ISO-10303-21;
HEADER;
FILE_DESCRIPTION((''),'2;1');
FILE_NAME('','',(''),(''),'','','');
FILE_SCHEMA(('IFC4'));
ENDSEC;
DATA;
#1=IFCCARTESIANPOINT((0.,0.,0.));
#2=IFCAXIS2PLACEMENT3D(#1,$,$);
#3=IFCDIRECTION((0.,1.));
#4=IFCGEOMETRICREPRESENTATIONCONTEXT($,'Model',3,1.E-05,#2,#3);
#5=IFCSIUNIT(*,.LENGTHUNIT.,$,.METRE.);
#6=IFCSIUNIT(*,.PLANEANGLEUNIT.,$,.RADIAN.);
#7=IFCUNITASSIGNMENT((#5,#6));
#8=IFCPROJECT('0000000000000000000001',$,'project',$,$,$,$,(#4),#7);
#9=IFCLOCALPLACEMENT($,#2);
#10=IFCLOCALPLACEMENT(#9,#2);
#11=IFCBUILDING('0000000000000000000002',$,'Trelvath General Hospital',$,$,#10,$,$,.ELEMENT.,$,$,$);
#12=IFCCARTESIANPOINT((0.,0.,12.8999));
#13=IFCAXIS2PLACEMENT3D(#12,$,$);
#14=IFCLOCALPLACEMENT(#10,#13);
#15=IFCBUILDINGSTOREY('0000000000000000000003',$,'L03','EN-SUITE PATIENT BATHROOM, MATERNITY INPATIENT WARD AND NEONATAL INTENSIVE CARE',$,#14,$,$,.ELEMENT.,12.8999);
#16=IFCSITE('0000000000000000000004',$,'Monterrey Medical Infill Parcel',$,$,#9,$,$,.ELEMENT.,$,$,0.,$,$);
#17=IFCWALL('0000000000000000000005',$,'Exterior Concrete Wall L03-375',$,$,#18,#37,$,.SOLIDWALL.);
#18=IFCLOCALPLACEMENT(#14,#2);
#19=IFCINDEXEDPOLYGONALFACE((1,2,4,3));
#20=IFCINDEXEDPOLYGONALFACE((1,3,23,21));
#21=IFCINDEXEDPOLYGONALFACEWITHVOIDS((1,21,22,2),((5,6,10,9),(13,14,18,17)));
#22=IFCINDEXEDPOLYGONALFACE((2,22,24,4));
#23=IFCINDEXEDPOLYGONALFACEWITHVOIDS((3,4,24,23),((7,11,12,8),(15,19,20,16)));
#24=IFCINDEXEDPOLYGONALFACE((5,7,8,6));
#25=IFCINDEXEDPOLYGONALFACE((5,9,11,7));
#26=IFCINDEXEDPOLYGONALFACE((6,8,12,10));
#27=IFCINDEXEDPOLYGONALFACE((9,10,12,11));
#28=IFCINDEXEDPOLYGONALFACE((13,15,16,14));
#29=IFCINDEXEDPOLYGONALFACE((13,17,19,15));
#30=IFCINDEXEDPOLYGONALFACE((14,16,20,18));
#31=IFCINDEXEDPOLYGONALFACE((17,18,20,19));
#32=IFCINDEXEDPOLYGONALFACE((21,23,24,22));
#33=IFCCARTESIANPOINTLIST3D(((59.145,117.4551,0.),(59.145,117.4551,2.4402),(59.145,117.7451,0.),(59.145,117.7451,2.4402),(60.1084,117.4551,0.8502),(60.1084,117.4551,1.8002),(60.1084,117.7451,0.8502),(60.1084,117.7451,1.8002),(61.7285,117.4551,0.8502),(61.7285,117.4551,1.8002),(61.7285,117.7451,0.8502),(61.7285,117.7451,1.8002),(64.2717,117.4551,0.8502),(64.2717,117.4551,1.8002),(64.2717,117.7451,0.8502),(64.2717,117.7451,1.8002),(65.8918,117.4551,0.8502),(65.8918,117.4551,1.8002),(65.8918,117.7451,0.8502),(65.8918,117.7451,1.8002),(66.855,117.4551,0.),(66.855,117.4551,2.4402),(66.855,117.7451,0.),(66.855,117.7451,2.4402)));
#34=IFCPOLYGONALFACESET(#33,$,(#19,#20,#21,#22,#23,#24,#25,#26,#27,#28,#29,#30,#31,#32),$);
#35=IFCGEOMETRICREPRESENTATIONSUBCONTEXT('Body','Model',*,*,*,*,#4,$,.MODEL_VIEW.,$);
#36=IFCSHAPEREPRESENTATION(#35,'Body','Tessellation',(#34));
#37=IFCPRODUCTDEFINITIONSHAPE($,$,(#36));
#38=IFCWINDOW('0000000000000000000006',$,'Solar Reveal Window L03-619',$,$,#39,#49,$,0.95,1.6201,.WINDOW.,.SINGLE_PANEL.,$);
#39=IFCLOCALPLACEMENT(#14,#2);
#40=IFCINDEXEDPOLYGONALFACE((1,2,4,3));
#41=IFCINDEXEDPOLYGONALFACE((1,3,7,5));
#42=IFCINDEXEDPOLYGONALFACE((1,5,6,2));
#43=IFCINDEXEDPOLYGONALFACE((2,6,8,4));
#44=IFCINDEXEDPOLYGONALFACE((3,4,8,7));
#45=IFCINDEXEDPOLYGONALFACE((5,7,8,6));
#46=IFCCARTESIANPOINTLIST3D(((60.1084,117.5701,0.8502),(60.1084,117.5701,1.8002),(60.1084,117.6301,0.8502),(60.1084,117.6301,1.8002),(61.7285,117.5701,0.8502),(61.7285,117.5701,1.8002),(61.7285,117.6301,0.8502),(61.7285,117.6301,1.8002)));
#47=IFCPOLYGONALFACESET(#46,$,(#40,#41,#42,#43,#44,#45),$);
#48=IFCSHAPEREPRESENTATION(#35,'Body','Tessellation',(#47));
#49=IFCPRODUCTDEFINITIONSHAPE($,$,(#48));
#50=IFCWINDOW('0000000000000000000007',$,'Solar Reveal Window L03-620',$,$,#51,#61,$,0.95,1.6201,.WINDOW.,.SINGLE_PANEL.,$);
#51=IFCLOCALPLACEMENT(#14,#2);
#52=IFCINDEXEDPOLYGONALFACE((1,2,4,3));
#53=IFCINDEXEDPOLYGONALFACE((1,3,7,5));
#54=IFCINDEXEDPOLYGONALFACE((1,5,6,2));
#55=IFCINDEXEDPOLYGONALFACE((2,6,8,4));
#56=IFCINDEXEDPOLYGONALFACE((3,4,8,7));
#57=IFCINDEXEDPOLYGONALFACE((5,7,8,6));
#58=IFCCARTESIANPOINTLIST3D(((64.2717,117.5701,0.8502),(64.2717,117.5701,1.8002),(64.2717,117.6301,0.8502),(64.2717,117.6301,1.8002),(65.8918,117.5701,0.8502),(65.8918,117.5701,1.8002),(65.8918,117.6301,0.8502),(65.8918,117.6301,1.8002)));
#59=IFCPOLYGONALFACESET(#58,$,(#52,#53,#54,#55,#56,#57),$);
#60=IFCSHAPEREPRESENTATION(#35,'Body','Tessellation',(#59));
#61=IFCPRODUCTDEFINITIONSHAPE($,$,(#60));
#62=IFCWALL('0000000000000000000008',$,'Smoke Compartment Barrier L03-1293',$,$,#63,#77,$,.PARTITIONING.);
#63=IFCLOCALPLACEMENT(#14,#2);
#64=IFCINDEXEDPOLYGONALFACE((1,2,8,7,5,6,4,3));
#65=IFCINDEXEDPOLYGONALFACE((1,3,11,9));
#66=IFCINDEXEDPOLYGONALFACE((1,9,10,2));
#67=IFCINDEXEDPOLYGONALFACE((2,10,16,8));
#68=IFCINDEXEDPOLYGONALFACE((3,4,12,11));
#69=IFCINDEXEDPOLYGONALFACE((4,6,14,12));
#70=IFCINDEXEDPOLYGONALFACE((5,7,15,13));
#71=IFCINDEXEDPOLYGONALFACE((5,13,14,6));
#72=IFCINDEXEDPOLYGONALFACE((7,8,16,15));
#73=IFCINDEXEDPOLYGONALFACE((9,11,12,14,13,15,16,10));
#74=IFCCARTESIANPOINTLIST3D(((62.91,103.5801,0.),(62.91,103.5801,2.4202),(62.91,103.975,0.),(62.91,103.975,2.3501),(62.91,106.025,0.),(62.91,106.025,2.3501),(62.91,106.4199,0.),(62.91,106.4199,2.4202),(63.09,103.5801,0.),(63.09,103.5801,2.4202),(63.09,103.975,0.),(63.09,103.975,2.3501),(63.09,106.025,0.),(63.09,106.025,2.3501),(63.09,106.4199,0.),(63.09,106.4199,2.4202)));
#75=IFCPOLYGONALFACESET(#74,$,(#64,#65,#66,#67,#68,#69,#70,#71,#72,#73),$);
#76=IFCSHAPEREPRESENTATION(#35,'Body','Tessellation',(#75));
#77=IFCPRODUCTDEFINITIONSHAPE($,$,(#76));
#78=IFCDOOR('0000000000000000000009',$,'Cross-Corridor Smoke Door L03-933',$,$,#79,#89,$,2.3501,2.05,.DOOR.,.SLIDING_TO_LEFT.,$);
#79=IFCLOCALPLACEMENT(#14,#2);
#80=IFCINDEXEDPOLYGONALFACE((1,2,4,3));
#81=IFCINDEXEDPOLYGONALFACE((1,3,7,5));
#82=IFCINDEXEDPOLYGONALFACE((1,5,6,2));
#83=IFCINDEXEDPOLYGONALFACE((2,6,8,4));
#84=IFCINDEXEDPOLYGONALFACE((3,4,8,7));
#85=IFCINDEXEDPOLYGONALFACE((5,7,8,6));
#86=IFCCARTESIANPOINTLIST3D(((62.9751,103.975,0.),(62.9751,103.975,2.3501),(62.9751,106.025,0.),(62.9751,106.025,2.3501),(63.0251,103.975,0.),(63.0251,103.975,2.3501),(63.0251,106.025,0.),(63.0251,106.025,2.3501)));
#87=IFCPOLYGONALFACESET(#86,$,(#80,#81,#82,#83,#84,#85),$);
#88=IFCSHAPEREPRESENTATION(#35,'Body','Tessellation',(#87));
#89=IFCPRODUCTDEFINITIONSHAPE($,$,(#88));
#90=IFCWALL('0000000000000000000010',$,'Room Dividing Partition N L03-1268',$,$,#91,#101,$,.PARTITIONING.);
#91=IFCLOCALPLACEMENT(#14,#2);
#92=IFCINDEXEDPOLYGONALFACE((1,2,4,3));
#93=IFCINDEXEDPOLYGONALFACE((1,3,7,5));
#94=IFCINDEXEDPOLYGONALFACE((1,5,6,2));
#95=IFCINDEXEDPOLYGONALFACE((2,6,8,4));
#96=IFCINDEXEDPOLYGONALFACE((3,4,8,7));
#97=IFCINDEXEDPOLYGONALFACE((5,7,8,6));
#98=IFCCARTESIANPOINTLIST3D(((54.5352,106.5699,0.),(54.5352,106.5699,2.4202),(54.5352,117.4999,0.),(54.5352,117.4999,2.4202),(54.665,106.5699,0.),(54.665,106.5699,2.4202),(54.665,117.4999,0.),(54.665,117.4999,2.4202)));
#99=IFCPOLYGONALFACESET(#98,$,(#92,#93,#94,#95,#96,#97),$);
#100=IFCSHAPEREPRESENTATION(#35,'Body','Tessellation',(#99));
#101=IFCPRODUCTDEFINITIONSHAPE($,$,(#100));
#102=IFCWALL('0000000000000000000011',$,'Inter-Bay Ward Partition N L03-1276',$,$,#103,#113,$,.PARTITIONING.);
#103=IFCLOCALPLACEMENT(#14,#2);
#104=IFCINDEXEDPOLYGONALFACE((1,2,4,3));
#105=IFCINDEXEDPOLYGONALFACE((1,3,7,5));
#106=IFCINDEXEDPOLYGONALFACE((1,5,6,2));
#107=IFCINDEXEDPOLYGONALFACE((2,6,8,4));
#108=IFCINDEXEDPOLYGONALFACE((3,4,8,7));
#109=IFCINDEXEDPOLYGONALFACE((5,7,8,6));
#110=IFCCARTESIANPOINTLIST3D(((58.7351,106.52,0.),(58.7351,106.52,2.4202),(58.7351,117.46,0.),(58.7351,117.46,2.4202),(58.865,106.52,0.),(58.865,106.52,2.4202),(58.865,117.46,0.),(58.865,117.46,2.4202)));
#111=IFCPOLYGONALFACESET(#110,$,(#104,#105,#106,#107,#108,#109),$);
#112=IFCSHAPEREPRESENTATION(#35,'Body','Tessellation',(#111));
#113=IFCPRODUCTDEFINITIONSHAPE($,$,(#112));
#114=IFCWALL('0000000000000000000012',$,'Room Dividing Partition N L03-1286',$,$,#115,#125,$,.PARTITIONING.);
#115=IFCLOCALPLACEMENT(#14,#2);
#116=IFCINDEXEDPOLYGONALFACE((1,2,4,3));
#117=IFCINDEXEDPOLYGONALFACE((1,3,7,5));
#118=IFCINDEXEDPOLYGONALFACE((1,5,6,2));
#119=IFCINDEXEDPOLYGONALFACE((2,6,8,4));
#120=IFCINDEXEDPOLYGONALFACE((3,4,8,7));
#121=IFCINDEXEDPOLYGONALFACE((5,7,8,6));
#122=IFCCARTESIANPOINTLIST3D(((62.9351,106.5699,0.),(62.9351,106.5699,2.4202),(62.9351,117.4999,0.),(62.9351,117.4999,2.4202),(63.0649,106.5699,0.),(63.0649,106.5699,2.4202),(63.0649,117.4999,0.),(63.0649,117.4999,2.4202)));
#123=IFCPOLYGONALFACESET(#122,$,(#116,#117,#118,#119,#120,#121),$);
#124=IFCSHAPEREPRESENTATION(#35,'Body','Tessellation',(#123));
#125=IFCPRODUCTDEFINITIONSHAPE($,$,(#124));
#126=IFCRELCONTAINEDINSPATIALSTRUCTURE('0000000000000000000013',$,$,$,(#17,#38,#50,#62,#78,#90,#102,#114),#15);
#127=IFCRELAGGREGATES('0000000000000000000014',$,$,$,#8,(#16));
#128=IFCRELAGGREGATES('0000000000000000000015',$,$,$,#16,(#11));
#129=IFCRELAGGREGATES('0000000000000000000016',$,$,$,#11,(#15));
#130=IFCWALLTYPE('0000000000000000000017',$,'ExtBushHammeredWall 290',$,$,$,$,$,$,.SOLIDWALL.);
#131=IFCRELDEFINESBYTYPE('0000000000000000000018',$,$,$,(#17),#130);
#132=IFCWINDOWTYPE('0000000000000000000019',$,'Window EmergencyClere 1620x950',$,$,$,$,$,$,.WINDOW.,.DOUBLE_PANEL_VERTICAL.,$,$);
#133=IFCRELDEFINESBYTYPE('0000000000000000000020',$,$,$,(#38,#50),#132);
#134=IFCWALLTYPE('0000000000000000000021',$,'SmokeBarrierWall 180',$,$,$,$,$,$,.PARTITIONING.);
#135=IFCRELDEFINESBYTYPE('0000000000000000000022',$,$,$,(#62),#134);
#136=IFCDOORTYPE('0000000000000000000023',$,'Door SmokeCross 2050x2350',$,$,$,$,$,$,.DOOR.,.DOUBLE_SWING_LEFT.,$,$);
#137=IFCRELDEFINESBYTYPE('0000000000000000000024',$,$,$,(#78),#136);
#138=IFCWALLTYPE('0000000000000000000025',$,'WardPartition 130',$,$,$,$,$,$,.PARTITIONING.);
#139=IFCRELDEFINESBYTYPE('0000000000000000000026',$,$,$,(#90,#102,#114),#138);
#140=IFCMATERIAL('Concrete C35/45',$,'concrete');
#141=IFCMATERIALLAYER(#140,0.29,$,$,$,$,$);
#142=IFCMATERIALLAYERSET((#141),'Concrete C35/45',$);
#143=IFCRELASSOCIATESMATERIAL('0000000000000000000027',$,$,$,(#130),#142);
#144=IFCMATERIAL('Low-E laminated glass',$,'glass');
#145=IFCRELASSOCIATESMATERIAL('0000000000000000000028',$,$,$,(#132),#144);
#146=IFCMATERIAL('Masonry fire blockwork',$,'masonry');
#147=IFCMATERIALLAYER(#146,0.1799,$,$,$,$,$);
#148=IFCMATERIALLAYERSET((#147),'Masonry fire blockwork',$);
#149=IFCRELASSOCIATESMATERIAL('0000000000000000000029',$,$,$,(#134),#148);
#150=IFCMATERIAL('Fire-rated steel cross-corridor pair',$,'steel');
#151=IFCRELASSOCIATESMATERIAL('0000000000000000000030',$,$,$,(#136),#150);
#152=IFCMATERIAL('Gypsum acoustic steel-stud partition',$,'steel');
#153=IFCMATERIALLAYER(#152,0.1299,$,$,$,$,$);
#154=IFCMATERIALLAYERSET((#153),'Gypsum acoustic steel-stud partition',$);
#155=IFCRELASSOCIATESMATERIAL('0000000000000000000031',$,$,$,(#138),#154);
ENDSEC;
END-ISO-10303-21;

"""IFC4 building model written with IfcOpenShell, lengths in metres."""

from ifc_helpers import new_model, si_unit, direction, frame, frame_2d, origin, place, context, subcontext, project, spatial, rectangle, extrude, material, layer, layer_set, type_object, element, fill, save


model = new_model("IFC4")

# Units and contexts
model_context = context("Model", 3, precision=1e-05, world=origin(), true_north=direction((0.0, 1.0)))
body_context = subcontext(model_context, "Body", "Model", "MODEL_VIEW")
ifc_project = project(units=[si_unit("LENGTHUNIT", "METRE"), si_unit("PLANEANGLEUNIT", "RADIAN")], contexts=[model_context])

# Site, building, storey
site_placement = place(None, origin())
site = spatial("IfcSite", under=ifc_project, at=site_placement, Name="Monterrey Medical Infill Parcel", CompositionType="ELEMENT", RefElevation=0.0)
building_placement = place(site_placement, origin())
building = spatial("IfcBuilding", under=site, at=building_placement, Name="Trelvath General Hospital", CompositionType="ELEMENT")
storey_placement = place(building_placement, frame((0.0, 0.0, 12.8999)))
storey = spatial("IfcBuildingStorey", under=building, at=storey_placement, Name="L03", Description="EN-SUITE PATIENT BATHROOM, MATERNITY INPATIENT WARD AND NEONATAL INTENSIVE CARE", CompositionType="ELEMENT", Elevation=12.8999)

# Wall, openings, windows
ifc_material_1 = material(Name="Concrete C35/45", Category="concrete")
ifc_layer_1 = layer(ifc_material_1, 0.29)
ifc_layer_set_1 = layer_set([ifc_layer_1], Name="Concrete C35/45")
wall_type_1 = type_object("IfcWallType", Name="ExtBushHammeredWall 290", PredefinedType="SOLIDWALL", material=ifc_layer_set_1)
wall_1_placement = place(storey_placement, frame((59.145, 117.6001, 0.0), z_axis=(0.0, 0.0, 1.0), x_axis=(1.0, 0.0, 0.0)))
wall_1 = element("IfcWall", 1, at=wall_1_placement, inside=storey, type_object=wall_type_1, Name="Exterior Concrete Wall L03-375", PredefinedType="SOLIDWALL", context=body_context, shape_type="SweptSolid", body=[
    extrude(rectangle(XDim=7.71, YDim=0.29, at=frame_2d((3.855, 0.0))), origin(), (0.0, 0.0, 1.0), 2.4402),
])
opening_1_placement = place(wall_1_placement, frame((0.9634, 0.0, 0.8501)))
opening_1 = element("IfcOpeningElement", 2, at=opening_1_placement, cuts=wall_1, PredefinedType="OPENING", context=body_context, shape_type="SweptSolid", body=[
    extrude(rectangle(XDim=1.6201, YDim=0.95, at=frame_2d((0.8101, 0.4751))), frame((0.0, 0.155, 0.0), z_axis=(0.0, -1.0, 0.0), x_axis=(1.0, 0.0, 0.0)), (0.0, 0.0, 1.0), 0.3101),
])
opening_2_placement = place(wall_1_placement, frame((5.1267, 0.0, 0.8501)))
opening_2 = element("IfcOpeningElement", 3, at=opening_2_placement, cuts=wall_1, PredefinedType="OPENING", context=body_context, shape_type="SweptSolid", body=[
    extrude(rectangle(XDim=1.6201, YDim=0.95, at=frame_2d((0.8101, 0.4751))), frame((0.0, 0.155, 0.0), z_axis=(0.0, -1.0, 0.0), x_axis=(1.0, 0.0, 0.0)), (0.0, 0.0, 1.0), 0.3101),
])
ifc_material_2 = material(Name="Low-E laminated glass", Category="glass")
window_type = type_object("IfcWindowType", Name="Window EmergencyClere 1620x950", PartitioningType="DOUBLE_PANEL_VERTICAL", PredefinedType="WINDOW", material=ifc_material_2)
window_1_placement = place(opening_1_placement, origin())
window_1 = element("IfcWindow", 4, at=window_1_placement, inside=storey, type_object=window_type, Name="Solar Reveal Window L03-619", OverallHeight=0.95, OverallWidth=1.6201, PartitioningType="SINGLE_PANEL", PredefinedType="WINDOW", context=body_context, shape_type="SweptSolid", body=[
    extrude(rectangle(XDim=1.6201, YDim=0.95, at=frame_2d((0.8101, 0.4751))), frame((0.0, 0.03, 0.0), z_axis=(0.0, -1.0, 0.0), x_axis=(1.0, 0.0, 0.0)), (0.0, 0.0, 1.0), 0.0601),
])
fill(opening_1, window_1)
window_2_placement = place(opening_2_placement, origin())
window_2 = element("IfcWindow", 5, at=window_2_placement, inside=storey, type_object=window_type, Name="Solar Reveal Window L03-620", OverallHeight=0.95, OverallWidth=1.6201, PartitioningType="SINGLE_PANEL", PredefinedType="WINDOW", context=body_context, shape_type="SweptSolid", body=[
    extrude(rectangle(XDim=1.6201, YDim=0.95, at=frame_2d((0.8101, 0.4751))), frame((0.0, 0.03, 0.0), z_axis=(0.0, -1.0, 0.0), x_axis=(1.0, 0.0, 0.0)), (0.0, 0.0, 1.0), 0.0601),
])
fill(opening_2, window_2)

# Wall, opening, door
ifc_material_3 = material(Name="Masonry fire blockwork", Category="masonry")
ifc_layer_2 = layer(ifc_material_3, 0.1799)
ifc_layer_set_2 = layer_set([ifc_layer_2], Name="Masonry fire blockwork")
wall_type_2 = type_object("IfcWallType", Name="SmokeBarrierWall 180", PredefinedType="PARTITIONING", material=ifc_layer_set_2)
wall_2_placement = place(storey_placement, frame((63.0, 103.5801, 0.0), z_axis=(0.0, 0.0, 1.0), x_axis=(0.0, 1.0, 0.0)))
wall_2 = element("IfcWall", 6, at=wall_2_placement, inside=storey, type_object=wall_type_2, Name="Smoke Compartment Barrier L03-1293", PredefinedType="PARTITIONING", context=body_context, shape_type="SweptSolid", body=[
    extrude(rectangle(XDim=2.8398, YDim=0.1799, at=frame_2d((1.4199, 0.0))), origin(), (0.0, 0.0, 1.0), 2.4202),
])
opening_3_placement = place(wall_2_placement, frame((0.395, 0.0, 0.0)))
opening_3 = element("IfcOpeningElement", 7, at=opening_3_placement, cuts=wall_2, PredefinedType="OPENING", context=body_context, shape_type="SweptSolid", body=[
    extrude(rectangle(XDim=2.05, YDim=2.3501, at=frame_2d((1.0249, 1.175))), frame((0.0, 0.0999, 0.0), z_axis=(0.0, -1.0, 0.0), x_axis=(1.0, 0.0, 0.0)), (0.0, 0.0, 1.0), 0.2),
])
ifc_material_4 = material(Name="Fire-rated steel cross-corridor pair", Category="steel")
door_type_1 = type_object("IfcDoorType", Name="Door SmokeCross 2050x2350", OperationType="DOUBLE_SWING_LEFT", PredefinedType="DOOR", material=ifc_material_4)
door_1_placement = place(opening_3_placement, origin())
door_1 = element("IfcDoor", 8, at=door_1_placement, inside=storey, type_object=door_type_1, Name="Cross-Corridor Smoke Door L03-933", OperationType="SLIDING_TO_LEFT", OverallHeight=2.3501, OverallWidth=2.05, PredefinedType="DOOR", context=body_context, shape_type="SweptSolid", body=[
    extrude(rectangle(XDim=2.05, YDim=2.3501, at=frame_2d((1.0249, 1.175))), frame((0.0, 0.0249, 0.0), z_axis=(0.0, -1.0, 0.0), x_axis=(1.0, 0.0, 0.0)), (0.0, 0.0, 1.0), 0.05),
])
fill(opening_3, door_1)

# Walls
ifc_material_5 = material(Name="Gypsum acoustic steel-stud partition", Category="steel")
ifc_layer_3 = layer(ifc_material_5, 0.1299)
ifc_layer_set_3 = layer_set([ifc_layer_3], Name="Gypsum acoustic steel-stud partition")
wall_type_3 = type_object("IfcWallType", Name="WardPartition 130", PredefinedType="PARTITIONING", material=ifc_layer_set_3)
wall_3_placement = place(storey_placement, frame((54.6001, 106.5701, 0.0), z_axis=(0.0, 0.0, 1.0), x_axis=(0.0, 1.0, 0.0)))
element("IfcWall", 9, at=wall_3_placement, inside=storey, type_object=wall_type_3, Name="Room Dividing Partition N L03-1268", PredefinedType="PARTITIONING", context=body_context, shape_type="SweptSolid", body=[
    extrude(rectangle(XDim=10.9299, YDim=0.1299, at=frame_2d((5.4648, 0.0))), origin(), (0.0, 0.0, 1.0), 2.4202),
])
wall_4_placement = place(storey_placement, frame((58.8, 106.52, 0.0), z_axis=(0.0, 0.0, 1.0), x_axis=(0.0, 1.0, 0.0)))
element("IfcWall", 10, at=wall_4_placement, inside=storey, type_object=wall_type_3, Name="Inter-Bay Ward Partition N L03-1276", PredefinedType="PARTITIONING", context=body_context, shape_type="SweptSolid", body=[
    extrude(rectangle(XDim=10.9399, YDim=0.1299, at=frame_2d((5.47, 0.0))), origin(), (0.0, 0.0, 1.0), 2.4202),
])
wall_5_placement = place(storey_placement, frame((63.0, 106.5701, 0.0), z_axis=(0.0, 0.0, 1.0), x_axis=(0.0, 1.0, 0.0)))
element("IfcWall", 11, at=wall_5_placement, inside=storey, type_object=wall_type_3, Name="Room Dividing Partition N L03-1286", PredefinedType="PARTITIONING", context=body_context, shape_type="SweptSolid", body=[
    extrude(rectangle(XDim=10.9299, YDim=0.1299, at=frame_2d((5.4648, 0.0))), origin(), (0.0, 0.0, 1.0), 2.4202),
])

save(model, "model.ifc")
